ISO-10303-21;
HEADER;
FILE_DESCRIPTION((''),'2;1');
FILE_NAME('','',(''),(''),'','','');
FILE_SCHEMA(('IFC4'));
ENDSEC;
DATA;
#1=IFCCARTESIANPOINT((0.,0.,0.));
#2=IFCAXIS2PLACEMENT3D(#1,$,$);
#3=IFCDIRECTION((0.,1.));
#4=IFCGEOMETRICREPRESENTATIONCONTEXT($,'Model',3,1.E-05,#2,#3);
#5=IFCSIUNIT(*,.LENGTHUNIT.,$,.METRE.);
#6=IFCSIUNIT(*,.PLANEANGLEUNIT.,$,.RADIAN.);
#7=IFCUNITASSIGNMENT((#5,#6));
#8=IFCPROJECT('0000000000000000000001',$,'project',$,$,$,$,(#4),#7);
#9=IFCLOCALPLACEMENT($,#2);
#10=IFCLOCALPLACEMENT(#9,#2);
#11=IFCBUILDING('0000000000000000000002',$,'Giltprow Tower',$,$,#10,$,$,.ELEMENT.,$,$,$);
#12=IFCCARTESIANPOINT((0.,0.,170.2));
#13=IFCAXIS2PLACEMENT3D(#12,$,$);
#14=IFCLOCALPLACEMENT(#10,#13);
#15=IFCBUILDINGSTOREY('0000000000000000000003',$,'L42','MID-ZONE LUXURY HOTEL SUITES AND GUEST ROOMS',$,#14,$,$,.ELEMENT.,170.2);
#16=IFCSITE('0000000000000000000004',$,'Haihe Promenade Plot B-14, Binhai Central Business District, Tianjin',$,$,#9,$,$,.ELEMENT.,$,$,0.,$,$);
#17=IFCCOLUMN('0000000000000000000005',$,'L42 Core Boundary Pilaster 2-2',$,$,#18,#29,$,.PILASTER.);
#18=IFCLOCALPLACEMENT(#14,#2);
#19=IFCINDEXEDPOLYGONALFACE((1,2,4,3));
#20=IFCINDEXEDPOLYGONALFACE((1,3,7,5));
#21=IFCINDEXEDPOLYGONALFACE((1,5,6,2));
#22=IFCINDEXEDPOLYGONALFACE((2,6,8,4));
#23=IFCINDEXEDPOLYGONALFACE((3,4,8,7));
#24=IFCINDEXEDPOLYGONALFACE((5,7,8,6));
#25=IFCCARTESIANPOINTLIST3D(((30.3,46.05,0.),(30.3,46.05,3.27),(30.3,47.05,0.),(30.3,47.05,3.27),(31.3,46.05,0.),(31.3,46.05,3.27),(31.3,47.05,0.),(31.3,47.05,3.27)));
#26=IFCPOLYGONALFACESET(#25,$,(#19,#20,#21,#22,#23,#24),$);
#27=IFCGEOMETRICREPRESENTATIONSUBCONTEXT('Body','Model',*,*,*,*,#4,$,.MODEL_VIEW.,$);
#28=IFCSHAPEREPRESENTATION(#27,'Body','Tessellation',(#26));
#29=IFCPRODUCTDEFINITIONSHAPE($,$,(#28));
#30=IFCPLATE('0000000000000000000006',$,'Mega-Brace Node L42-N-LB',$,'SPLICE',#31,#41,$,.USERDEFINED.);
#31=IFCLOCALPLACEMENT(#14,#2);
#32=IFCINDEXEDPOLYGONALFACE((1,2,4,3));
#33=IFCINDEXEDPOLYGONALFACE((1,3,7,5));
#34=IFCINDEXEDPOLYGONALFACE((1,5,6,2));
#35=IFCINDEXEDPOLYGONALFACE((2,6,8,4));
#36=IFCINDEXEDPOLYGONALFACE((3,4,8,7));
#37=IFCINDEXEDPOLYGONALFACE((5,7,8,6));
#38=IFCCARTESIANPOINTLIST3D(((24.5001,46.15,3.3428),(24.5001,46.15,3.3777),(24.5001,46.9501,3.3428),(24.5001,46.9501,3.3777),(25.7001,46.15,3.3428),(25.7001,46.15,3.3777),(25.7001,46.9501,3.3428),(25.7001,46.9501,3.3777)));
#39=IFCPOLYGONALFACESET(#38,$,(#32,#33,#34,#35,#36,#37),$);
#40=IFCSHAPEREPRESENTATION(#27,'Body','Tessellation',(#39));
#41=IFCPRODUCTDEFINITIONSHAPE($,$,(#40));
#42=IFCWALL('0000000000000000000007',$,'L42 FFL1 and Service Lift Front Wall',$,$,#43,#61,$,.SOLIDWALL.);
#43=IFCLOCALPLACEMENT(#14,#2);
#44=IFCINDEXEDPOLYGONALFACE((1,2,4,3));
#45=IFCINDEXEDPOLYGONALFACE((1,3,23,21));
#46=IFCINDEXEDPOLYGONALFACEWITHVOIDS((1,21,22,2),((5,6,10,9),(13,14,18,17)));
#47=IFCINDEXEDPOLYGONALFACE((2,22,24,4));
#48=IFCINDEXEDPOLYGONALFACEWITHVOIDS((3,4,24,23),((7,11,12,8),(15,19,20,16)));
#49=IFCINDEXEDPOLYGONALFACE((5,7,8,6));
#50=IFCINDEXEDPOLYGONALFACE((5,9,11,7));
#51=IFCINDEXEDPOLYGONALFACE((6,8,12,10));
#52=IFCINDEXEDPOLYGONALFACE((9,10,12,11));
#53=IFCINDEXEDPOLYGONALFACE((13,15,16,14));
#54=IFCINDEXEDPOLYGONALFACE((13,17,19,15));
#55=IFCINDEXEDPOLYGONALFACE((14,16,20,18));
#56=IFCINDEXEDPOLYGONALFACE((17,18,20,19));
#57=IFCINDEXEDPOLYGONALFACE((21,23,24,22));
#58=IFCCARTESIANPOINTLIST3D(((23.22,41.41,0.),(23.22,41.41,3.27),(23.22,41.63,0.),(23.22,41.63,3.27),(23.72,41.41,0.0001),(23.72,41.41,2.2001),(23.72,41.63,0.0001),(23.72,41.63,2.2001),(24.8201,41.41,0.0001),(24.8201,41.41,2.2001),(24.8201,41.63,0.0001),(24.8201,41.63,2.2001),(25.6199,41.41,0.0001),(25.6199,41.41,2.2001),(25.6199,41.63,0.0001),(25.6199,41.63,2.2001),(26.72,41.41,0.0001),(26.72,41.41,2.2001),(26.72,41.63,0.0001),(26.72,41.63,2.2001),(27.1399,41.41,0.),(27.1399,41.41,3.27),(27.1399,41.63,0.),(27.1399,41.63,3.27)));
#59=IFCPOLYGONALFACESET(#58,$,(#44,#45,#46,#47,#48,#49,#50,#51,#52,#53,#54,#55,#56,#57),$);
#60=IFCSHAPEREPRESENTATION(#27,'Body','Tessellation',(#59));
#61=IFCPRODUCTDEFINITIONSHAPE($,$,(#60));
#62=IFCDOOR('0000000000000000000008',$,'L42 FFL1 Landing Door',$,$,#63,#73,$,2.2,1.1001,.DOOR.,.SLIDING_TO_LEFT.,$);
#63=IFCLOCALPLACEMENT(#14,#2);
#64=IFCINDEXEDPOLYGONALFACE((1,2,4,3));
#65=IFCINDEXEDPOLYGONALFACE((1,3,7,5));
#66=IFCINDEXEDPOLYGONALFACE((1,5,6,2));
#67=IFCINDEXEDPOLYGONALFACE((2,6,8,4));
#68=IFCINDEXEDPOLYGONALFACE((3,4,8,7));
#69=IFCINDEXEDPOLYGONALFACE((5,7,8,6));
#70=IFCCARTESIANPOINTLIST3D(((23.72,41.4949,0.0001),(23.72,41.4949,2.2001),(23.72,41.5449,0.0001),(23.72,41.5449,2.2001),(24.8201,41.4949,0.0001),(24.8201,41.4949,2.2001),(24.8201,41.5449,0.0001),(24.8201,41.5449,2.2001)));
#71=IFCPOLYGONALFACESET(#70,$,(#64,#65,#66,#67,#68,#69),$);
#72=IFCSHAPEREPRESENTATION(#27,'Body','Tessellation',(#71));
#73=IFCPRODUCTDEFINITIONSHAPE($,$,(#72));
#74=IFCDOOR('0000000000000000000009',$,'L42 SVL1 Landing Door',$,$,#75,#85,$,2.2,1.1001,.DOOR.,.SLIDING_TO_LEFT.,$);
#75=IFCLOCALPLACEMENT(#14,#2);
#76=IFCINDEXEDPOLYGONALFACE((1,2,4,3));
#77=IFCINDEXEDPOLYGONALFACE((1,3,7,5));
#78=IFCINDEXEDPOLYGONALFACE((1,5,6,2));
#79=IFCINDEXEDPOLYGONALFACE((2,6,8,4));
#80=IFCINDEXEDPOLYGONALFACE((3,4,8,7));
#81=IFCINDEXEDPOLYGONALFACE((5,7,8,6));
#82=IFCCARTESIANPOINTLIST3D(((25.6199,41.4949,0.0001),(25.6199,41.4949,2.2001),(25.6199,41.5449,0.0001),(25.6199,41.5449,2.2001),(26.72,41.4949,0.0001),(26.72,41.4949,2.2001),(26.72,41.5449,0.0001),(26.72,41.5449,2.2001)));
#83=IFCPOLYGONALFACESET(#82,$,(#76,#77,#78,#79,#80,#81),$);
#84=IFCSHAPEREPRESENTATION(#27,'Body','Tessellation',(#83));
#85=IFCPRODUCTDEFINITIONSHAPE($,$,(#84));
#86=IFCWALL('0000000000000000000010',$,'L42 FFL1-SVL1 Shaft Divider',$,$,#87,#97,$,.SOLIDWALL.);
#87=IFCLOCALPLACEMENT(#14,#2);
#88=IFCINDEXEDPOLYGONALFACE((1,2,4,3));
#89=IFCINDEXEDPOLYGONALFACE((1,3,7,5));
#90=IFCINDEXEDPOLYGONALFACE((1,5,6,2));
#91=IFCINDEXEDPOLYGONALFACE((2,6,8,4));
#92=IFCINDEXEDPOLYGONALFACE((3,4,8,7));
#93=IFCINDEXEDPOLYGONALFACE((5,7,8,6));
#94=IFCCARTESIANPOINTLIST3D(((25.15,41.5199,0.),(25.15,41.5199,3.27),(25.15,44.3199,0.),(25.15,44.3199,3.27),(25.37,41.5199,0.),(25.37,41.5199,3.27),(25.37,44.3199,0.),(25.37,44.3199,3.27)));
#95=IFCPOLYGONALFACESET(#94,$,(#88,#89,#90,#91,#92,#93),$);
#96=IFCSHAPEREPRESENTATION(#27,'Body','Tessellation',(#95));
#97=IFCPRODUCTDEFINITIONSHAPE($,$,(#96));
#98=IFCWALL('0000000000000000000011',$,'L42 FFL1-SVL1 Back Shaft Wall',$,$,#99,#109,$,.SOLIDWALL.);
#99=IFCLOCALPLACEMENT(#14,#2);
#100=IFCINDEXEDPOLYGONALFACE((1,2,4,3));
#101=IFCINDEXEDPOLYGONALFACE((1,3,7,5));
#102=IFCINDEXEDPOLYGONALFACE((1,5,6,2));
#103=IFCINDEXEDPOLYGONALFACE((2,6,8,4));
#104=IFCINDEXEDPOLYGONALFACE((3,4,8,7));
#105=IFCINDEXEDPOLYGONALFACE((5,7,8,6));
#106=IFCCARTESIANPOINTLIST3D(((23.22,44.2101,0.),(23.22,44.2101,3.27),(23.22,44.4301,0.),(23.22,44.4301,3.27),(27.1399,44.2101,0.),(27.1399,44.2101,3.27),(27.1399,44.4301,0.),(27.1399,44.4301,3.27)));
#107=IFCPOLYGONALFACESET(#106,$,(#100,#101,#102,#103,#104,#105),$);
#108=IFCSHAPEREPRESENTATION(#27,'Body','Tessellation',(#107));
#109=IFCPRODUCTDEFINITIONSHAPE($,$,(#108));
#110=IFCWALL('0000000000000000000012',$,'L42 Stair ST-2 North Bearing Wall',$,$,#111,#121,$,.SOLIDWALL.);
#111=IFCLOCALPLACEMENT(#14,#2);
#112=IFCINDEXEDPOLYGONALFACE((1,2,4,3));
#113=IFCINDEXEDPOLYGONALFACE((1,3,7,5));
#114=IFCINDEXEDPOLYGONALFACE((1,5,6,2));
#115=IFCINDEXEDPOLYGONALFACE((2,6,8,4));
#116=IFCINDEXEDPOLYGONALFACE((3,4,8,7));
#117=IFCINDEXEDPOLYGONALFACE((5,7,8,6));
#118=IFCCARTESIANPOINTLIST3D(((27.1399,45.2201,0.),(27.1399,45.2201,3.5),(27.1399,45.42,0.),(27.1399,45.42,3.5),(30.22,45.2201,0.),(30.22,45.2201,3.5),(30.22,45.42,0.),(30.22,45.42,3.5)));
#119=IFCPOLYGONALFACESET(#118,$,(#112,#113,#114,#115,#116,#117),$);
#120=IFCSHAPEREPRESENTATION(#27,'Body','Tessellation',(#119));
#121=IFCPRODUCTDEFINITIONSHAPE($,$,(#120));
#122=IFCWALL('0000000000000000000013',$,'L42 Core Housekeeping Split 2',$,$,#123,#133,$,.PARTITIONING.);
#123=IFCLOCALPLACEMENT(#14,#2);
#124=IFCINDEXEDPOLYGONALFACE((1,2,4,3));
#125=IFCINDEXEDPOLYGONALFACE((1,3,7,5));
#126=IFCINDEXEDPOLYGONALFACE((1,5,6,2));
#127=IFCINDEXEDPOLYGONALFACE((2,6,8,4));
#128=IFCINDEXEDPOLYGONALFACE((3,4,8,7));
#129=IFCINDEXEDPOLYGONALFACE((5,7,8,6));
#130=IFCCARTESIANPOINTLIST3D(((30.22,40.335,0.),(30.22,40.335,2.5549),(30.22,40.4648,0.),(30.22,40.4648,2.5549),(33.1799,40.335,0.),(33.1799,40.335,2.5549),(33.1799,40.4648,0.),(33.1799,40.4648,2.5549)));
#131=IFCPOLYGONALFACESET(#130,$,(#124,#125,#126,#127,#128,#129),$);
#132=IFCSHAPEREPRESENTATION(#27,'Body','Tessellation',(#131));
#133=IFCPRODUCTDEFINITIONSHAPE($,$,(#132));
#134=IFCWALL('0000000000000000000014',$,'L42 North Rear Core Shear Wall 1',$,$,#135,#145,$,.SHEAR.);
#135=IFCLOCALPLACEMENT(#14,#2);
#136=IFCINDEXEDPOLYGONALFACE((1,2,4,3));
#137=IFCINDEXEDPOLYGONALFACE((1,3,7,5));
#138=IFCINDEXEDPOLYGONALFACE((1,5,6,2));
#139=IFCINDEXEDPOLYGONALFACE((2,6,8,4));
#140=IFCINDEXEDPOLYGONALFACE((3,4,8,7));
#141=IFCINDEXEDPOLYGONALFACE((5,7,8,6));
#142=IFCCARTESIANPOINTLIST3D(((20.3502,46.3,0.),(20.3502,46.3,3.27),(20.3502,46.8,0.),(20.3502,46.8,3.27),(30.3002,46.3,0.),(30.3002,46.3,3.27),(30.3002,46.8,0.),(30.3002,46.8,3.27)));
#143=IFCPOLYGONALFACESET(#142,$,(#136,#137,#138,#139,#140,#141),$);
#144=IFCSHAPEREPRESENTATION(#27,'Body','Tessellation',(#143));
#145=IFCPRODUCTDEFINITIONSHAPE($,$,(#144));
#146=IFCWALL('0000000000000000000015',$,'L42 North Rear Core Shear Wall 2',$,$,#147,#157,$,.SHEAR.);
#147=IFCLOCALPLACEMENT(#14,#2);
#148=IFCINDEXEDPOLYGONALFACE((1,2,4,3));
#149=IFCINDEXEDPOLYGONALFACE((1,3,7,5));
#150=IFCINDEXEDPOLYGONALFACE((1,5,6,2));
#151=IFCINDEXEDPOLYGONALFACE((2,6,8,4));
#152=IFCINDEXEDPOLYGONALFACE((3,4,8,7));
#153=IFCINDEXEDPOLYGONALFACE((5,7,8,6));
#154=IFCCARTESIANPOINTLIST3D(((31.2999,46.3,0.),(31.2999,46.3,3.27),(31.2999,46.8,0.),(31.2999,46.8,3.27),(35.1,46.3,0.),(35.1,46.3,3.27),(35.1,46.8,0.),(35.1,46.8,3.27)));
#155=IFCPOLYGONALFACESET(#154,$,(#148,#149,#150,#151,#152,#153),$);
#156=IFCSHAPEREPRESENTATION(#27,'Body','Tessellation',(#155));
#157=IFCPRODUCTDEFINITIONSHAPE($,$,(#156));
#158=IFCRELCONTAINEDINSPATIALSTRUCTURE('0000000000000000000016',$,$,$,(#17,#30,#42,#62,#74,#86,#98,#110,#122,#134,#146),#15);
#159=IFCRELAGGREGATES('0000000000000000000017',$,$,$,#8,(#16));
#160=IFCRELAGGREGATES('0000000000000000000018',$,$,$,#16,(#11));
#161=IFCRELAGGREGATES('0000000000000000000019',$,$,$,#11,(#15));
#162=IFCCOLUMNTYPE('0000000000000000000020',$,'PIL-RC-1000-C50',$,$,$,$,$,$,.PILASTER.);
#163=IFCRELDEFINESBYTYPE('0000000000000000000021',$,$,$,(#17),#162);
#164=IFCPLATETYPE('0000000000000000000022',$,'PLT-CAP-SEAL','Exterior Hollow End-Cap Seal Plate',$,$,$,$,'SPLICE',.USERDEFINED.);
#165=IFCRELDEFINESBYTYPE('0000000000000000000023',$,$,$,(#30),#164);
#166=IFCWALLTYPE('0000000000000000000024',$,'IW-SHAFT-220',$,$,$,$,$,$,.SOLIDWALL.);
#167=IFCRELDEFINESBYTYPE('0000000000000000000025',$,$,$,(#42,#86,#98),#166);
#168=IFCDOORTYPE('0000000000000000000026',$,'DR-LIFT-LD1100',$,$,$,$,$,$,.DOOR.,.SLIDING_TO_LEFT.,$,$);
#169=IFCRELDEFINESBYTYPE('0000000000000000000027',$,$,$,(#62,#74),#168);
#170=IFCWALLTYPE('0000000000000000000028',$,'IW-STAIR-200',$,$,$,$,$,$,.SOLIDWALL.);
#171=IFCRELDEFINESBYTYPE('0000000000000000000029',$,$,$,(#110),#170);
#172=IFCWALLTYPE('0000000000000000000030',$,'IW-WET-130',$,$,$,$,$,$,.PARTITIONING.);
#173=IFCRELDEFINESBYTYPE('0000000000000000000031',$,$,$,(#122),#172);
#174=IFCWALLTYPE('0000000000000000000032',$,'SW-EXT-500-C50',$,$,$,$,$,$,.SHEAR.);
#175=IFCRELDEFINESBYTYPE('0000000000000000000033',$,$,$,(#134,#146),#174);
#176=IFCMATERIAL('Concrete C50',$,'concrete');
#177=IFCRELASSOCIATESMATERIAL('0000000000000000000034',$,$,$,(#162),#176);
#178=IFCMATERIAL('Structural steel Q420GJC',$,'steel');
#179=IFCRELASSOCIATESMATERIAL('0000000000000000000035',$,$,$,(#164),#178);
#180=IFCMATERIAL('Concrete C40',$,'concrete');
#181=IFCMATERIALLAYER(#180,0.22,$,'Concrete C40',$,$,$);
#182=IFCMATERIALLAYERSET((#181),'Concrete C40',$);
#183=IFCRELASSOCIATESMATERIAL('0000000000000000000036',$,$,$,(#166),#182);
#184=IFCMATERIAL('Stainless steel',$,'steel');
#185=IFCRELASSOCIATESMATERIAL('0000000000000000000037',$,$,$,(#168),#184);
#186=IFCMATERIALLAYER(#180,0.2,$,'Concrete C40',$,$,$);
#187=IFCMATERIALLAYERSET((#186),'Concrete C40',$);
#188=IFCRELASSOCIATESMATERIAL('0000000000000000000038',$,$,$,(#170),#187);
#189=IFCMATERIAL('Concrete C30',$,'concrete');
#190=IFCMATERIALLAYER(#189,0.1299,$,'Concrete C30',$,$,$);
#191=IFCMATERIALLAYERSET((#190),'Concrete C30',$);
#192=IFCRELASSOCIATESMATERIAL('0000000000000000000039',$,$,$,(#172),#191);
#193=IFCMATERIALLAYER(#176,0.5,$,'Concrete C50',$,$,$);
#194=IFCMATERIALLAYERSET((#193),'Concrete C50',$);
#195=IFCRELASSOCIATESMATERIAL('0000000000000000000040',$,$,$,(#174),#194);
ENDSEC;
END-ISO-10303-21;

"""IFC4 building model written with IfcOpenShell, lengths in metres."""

from ifc_helpers import new_model, si_unit, direction, frame, frame_2d, origin, origin_2d, place, context, subcontext, project, spatial, rectangle, extrude, source, transform, mapped, material, layer, layer_set, material_profile, profile_set, type_object, element, fill, save


model = new_model("IFC4")

# Units and contexts
model_context = context("Model", 3, precision=1e-05, world=origin(), true_north=direction((0.0, 1.0)))
body_context = subcontext(model_context, "Body", "Model", "MODEL_VIEW")
ifc_project = project(units=[si_unit("LENGTHUNIT", "METRE"), si_unit("PLANEANGLEUNIT", "RADIAN")], contexts=[model_context])

# Site, building, storey
site_placement = place(None, origin())
site = spatial("IfcSite", under=ifc_project, at=site_placement, Name="Haihe Promenade Plot B-14, Binhai Central Business District, Tianjin", CompositionType="ELEMENT", RefElevation=0.0)
building_placement = place(site_placement, origin())
building = spatial("IfcBuilding", under=site, at=building_placement, Name="Giltprow Tower", CompositionType="ELEMENT")
storey_placement = place(building_placement, frame((0.0, 0.0, 170.2)))
storey = spatial("IfcBuildingStorey", under=building, at=storey_placement, Name="L42", Description="MID-ZONE LUXURY HOTEL SUITES AND GUEST ROOMS", CompositionType="ELEMENT", Elevation=170.2)

# Column
ifc_material_1 = material(Name="Concrete C50", Category="concrete")
ifc_material_profile = material_profile(ifc_material_1, rectangle(XDim=1.0, YDim=1.0, at=origin_2d()), Name="RC 1000x1000")
ifc_profile_set = profile_set([ifc_material_profile], Name="Concrete C50")
column_type = type_object("IfcColumnType", Name="PIL-RC-1000-C50", PredefinedType="PILASTER", material=ifc_profile_set)
shared_shape_1 = source(origin(), body_context, "Body", "SweptSolid", [
    extrude(rectangle(XDim=1.0, YDim=1.0, at=origin_2d()), origin(), (0.0, 0.0, 1.0), 3.27),
])
column_placement = place(storey_placement, frame((30.8, 46.55, 0.0), z_axis=(0.0, 0.0, 1.0), x_axis=(1.0, 0.0, 0.0)))
element("IfcColumn", 1, at=column_placement, inside=storey, type_object=column_type, Name="L42 Core Boundary Pilaster 2-2", PredefinedType="PILASTER", context=body_context, shape_type="MappedRepresentation", body=[
    mapped(shared_shape_1, transform((0.0, 0.0, 0.0), x_axis=(1.0, 0.0, 0.0), y_axis=(0.0, 1.0, 0.0), z_axis=(0.0, 0.0, 1.0), scale=1.0)),
])

# Plate
ifc_material_2 = material(Name="Structural steel Q420GJC", Category="steel")
plate_type = type_object("IfcPlateType", Name="PLT-CAP-SEAL", Description="Exterior Hollow End-Cap Seal Plate", ElementType="SPLICE", PredefinedType="USERDEFINED", material=ifc_material_2)
shared_shape_2 = source(origin(), body_context, "Body", "SweptSolid", [
    extrude(rectangle(XDim=1.2, YDim=0.8, at=origin_2d()), origin(), (0.0, 0.0, 1.0), 0.0349),
])
plate_placement = place(storey_placement, frame((25.1001, 46.55, 3.3428), z_axis=(0.0, 0.0, 1.0), x_axis=(1.0, 0.0, 0.0)))
element("IfcPlate", 2, at=plate_placement, inside=storey, type_object=plate_type, Name="Mega-Brace Node L42-N-LB", ObjectType="SPLICE", PredefinedType="USERDEFINED", context=body_context, shape_type="MappedRepresentation", body=[
    mapped(shared_shape_2, transform((0.0, 0.0, 0.0), x_axis=(1.0, 0.0, 0.0), y_axis=(0.0, 1.0, 0.0), z_axis=(0.0, 0.0, 1.0), scale=1.0)),
])

# Wall, openings, doors
ifc_material_3 = material(Name="Concrete C40", Category="concrete")
ifc_layer_1 = layer(ifc_material_3, 0.22, Name="Concrete C40")
ifc_layer_set_1 = layer_set([ifc_layer_1], Name="Concrete C40")
wall_type_1 = type_object("IfcWallType", Name="IW-SHAFT-220", PredefinedType="SOLIDWALL", material=ifc_layer_set_1)
wall_1_placement = place(storey_placement, frame((23.22, 41.52, 0.0), z_axis=(0.0, 0.0, 1.0), x_axis=(1.0, 0.0, 0.0)))
wall_1 = element("IfcWall", 3, at=wall_1_placement, inside=storey, type_object=wall_type_1, Name="L42 FFL1 and Service Lift Front Wall", PredefinedType="SOLIDWALL", context=body_context, shape_type="SweptSolid", body=[
    extrude(rectangle(XDim=3.9199, YDim=0.22, at=frame_2d((1.96, 0.0))), origin(), (0.0, 0.0, 1.0), 3.27),
])
opening_1_placement = place(wall_1_placement, frame((0.5, 0.0, 0.0)))
opening_1 = element("IfcOpeningElement", 4, at=opening_1_placement, cuts=wall_1, PredefinedType="OPENING", context=body_context, shape_type="SweptSolid", body=[
    extrude(rectangle(XDim=1.1001, YDim=2.2, at=frame_2d((0.55, 1.1001))), frame((0.0, 0.1199, 0.0), z_axis=(0.0, -1.0, 0.0), x_axis=(1.0, 0.0, 0.0)), (0.0, 0.0, 1.0), 0.24),
])
opening_2_placement = place(wall_1_placement, frame((2.3999, 0.0, 0.0)))
opening_2 = element("IfcOpeningElement", 5, at=opening_2_placement, cuts=wall_1, PredefinedType="OPENING", context=body_context, shape_type="SweptSolid", body=[
    extrude(rectangle(XDim=1.1001, YDim=2.2, at=frame_2d((0.55, 1.1001))), frame((0.0, 0.1199, 0.0), z_axis=(0.0, -1.0, 0.0), x_axis=(1.0, 0.0, 0.0)), (0.0, 0.0, 1.0), 0.24),
])
ifc_material_4 = material(Name="Stainless steel", Category="steel")
door_type = type_object("IfcDoorType", Name="DR-LIFT-LD1100", OperationType="SLIDING_TO_LEFT", PredefinedType="DOOR", material=ifc_material_4)
shared_shape_3 = source(origin(), body_context, "Body", "SweptSolid", [
    extrude(rectangle(XDim=1.1001, YDim=2.2, at=frame_2d((0.55, 1.1001))), frame((0.0, 0.0249, 0.0), z_axis=(0.0, -1.0, 0.0), x_axis=(1.0, 0.0, 0.0)), (0.0, 0.0, 1.0), 0.05),
])
door_1_placement = place(opening_1_placement, origin())
door_1 = element("IfcDoor", 6, at=door_1_placement, inside=storey, type_object=door_type, Name="L42 FFL1 Landing Door", OperationType="SLIDING_TO_LEFT", OverallHeight=2.2, OverallWidth=1.1001, PredefinedType="DOOR", context=body_context, shape_type="MappedRepresentation", body=[
    mapped(shared_shape_3, transform((0.0, 0.0, 0.0), x_axis=(1.0, 0.0, 0.0), y_axis=(0.0, 1.0, 0.0), z_axis=(0.0, 0.0, 1.0), scale=1.0)),
])
fill(opening_1, door_1)
door_2_placement = place(opening_2_placement, origin())
door_2 = element("IfcDoor", 7, at=door_2_placement, inside=storey, type_object=door_type, Name="L42 SVL1 Landing Door", OperationType="SLIDING_TO_LEFT", OverallHeight=2.2, OverallWidth=1.1001, PredefinedType="DOOR", context=body_context, shape_type="MappedRepresentation", body=[
    mapped(shared_shape_3, transform((0.0, 0.0, 0.0), x_axis=(1.0, 0.0, 0.0), y_axis=(0.0, 1.0, 0.0), z_axis=(0.0, 0.0, 1.0), scale=1.0)),
])
fill(opening_2, door_2)

# Walls
wall_2_placement = place(storey_placement, frame((25.26, 41.52, 0.0), z_axis=(0.0, 0.0, 1.0), x_axis=(0.0, 1.0, 0.0)))
element("IfcWall", 8, at=wall_2_placement, inside=storey, type_object=wall_type_1, Name="L42 FFL1-SVL1 Shaft Divider", PredefinedType="SOLIDWALL", context=body_context, shape_type="SweptSolid", body=[
    extrude(rectangle(XDim=2.8, YDim=0.22, at=frame_2d((1.3999, 0.0))), origin(), (0.0, 0.0, 1.0), 3.27),
])
wall_3_placement = place(storey_placement, frame((23.22, 44.3201, 0.0), z_axis=(0.0, 0.0, 1.0), x_axis=(1.0, 0.0, 0.0)))
element("IfcWall", 9, at=wall_3_placement, inside=storey, type_object=wall_type_1, Name="L42 FFL1-SVL1 Back Shaft Wall", PredefinedType="SOLIDWALL", context=body_context, shape_type="SweptSolid", body=[
    extrude(rectangle(XDim=3.9199, YDim=0.22, at=frame_2d((1.96, 0.0))), origin(), (0.0, 0.0, 1.0), 3.27),
])
ifc_layer_2 = layer(ifc_material_3, 0.2, Name="Concrete C40")
ifc_layer_set_2 = layer_set([ifc_layer_2], Name="Concrete C40")
wall_type_2 = type_object("IfcWallType", Name="IW-STAIR-200", PredefinedType="SOLIDWALL", material=ifc_layer_set_2)
wall_4_placement = place(storey_placement, frame((27.1399, 45.3201, 0.0), z_axis=(0.0, 0.0, 1.0), x_axis=(1.0, 0.0, 0.0)))
element("IfcWall", 10, at=wall_4_placement, inside=storey, type_object=wall_type_2, Name="L42 Stair ST-2 North Bearing Wall", PredefinedType="SOLIDWALL", context=body_context, shape_type="SweptSolid", body=[
    extrude(rectangle(XDim=3.0801, YDim=0.2, at=frame_2d((1.54, 0.0))), origin(), (0.0, 0.0, 1.0), 3.5),
])
ifc_material_5 = material(Name="Concrete C30", Category="concrete")
ifc_layer_3 = layer(ifc_material_5, 0.1299, Name="Concrete C30")
ifc_layer_set_3 = layer_set([ifc_layer_3], Name="Concrete C30")
wall_type_3 = type_object("IfcWallType", Name="IW-WET-130", PredefinedType="PARTITIONING", material=ifc_layer_set_3)
wall_5_placement = place(storey_placement, frame((30.22, 40.3999, 0.0), z_axis=(0.0, 0.0, 1.0), x_axis=(1.0, 0.0, 0.0)))
element("IfcWall", 11, at=wall_5_placement, inside=storey, type_object=wall_type_3, Name="L42 Core Housekeeping Split 2", PredefinedType="PARTITIONING", context=body_context, shape_type="SweptSolid", body=[
    extrude(rectangle(XDim=2.96, YDim=0.1299, at=frame_2d((1.48, 0.0))), origin(), (0.0, 0.0, 1.0), 2.5549),
])
ifc_layer_4 = layer(ifc_material_1, 0.5, Name="Concrete C50")
ifc_layer_set_4 = layer_set([ifc_layer_4], Name="Concrete C50")
wall_type_4 = type_object("IfcWallType", Name="SW-EXT-500-C50", PredefinedType="SHEAR", material=ifc_layer_set_4)
wall_6_placement = place(storey_placement, frame((20.3501, 46.55, 0.0), z_axis=(0.0, 0.0, 1.0), x_axis=(1.0, 0.0, 0.0)))
element("IfcWall", 12, at=wall_6_placement, inside=storey, type_object=wall_type_4, Name="L42 North Rear Core Shear Wall 1", PredefinedType="SHEAR", context=body_context, shape_type="SweptSolid", body=[
    extrude(rectangle(XDim=9.95, YDim=0.5, at=frame_2d((4.9751, 0.0))), origin(), (0.0, 0.0, 1.0), 3.27),
])
wall_7_placement = place(storey_placement, frame((31.3, 46.55, 0.0), z_axis=(0.0, 0.0, 1.0), x_axis=(1.0, 0.0, 0.0)))
element("IfcWall", 13, at=wall_7_placement, inside=storey, type_object=wall_type_4, Name="L42 North Rear Core Shear Wall 2", PredefinedType="SHEAR", context=body_context, shape_type="SweptSolid", body=[
    extrude(rectangle(XDim=3.8, YDim=0.5, at=frame_2d((1.8999, 0.0))), origin(), (0.0, 0.0, 1.0), 3.27),
])

save(model, "model.ifc")
